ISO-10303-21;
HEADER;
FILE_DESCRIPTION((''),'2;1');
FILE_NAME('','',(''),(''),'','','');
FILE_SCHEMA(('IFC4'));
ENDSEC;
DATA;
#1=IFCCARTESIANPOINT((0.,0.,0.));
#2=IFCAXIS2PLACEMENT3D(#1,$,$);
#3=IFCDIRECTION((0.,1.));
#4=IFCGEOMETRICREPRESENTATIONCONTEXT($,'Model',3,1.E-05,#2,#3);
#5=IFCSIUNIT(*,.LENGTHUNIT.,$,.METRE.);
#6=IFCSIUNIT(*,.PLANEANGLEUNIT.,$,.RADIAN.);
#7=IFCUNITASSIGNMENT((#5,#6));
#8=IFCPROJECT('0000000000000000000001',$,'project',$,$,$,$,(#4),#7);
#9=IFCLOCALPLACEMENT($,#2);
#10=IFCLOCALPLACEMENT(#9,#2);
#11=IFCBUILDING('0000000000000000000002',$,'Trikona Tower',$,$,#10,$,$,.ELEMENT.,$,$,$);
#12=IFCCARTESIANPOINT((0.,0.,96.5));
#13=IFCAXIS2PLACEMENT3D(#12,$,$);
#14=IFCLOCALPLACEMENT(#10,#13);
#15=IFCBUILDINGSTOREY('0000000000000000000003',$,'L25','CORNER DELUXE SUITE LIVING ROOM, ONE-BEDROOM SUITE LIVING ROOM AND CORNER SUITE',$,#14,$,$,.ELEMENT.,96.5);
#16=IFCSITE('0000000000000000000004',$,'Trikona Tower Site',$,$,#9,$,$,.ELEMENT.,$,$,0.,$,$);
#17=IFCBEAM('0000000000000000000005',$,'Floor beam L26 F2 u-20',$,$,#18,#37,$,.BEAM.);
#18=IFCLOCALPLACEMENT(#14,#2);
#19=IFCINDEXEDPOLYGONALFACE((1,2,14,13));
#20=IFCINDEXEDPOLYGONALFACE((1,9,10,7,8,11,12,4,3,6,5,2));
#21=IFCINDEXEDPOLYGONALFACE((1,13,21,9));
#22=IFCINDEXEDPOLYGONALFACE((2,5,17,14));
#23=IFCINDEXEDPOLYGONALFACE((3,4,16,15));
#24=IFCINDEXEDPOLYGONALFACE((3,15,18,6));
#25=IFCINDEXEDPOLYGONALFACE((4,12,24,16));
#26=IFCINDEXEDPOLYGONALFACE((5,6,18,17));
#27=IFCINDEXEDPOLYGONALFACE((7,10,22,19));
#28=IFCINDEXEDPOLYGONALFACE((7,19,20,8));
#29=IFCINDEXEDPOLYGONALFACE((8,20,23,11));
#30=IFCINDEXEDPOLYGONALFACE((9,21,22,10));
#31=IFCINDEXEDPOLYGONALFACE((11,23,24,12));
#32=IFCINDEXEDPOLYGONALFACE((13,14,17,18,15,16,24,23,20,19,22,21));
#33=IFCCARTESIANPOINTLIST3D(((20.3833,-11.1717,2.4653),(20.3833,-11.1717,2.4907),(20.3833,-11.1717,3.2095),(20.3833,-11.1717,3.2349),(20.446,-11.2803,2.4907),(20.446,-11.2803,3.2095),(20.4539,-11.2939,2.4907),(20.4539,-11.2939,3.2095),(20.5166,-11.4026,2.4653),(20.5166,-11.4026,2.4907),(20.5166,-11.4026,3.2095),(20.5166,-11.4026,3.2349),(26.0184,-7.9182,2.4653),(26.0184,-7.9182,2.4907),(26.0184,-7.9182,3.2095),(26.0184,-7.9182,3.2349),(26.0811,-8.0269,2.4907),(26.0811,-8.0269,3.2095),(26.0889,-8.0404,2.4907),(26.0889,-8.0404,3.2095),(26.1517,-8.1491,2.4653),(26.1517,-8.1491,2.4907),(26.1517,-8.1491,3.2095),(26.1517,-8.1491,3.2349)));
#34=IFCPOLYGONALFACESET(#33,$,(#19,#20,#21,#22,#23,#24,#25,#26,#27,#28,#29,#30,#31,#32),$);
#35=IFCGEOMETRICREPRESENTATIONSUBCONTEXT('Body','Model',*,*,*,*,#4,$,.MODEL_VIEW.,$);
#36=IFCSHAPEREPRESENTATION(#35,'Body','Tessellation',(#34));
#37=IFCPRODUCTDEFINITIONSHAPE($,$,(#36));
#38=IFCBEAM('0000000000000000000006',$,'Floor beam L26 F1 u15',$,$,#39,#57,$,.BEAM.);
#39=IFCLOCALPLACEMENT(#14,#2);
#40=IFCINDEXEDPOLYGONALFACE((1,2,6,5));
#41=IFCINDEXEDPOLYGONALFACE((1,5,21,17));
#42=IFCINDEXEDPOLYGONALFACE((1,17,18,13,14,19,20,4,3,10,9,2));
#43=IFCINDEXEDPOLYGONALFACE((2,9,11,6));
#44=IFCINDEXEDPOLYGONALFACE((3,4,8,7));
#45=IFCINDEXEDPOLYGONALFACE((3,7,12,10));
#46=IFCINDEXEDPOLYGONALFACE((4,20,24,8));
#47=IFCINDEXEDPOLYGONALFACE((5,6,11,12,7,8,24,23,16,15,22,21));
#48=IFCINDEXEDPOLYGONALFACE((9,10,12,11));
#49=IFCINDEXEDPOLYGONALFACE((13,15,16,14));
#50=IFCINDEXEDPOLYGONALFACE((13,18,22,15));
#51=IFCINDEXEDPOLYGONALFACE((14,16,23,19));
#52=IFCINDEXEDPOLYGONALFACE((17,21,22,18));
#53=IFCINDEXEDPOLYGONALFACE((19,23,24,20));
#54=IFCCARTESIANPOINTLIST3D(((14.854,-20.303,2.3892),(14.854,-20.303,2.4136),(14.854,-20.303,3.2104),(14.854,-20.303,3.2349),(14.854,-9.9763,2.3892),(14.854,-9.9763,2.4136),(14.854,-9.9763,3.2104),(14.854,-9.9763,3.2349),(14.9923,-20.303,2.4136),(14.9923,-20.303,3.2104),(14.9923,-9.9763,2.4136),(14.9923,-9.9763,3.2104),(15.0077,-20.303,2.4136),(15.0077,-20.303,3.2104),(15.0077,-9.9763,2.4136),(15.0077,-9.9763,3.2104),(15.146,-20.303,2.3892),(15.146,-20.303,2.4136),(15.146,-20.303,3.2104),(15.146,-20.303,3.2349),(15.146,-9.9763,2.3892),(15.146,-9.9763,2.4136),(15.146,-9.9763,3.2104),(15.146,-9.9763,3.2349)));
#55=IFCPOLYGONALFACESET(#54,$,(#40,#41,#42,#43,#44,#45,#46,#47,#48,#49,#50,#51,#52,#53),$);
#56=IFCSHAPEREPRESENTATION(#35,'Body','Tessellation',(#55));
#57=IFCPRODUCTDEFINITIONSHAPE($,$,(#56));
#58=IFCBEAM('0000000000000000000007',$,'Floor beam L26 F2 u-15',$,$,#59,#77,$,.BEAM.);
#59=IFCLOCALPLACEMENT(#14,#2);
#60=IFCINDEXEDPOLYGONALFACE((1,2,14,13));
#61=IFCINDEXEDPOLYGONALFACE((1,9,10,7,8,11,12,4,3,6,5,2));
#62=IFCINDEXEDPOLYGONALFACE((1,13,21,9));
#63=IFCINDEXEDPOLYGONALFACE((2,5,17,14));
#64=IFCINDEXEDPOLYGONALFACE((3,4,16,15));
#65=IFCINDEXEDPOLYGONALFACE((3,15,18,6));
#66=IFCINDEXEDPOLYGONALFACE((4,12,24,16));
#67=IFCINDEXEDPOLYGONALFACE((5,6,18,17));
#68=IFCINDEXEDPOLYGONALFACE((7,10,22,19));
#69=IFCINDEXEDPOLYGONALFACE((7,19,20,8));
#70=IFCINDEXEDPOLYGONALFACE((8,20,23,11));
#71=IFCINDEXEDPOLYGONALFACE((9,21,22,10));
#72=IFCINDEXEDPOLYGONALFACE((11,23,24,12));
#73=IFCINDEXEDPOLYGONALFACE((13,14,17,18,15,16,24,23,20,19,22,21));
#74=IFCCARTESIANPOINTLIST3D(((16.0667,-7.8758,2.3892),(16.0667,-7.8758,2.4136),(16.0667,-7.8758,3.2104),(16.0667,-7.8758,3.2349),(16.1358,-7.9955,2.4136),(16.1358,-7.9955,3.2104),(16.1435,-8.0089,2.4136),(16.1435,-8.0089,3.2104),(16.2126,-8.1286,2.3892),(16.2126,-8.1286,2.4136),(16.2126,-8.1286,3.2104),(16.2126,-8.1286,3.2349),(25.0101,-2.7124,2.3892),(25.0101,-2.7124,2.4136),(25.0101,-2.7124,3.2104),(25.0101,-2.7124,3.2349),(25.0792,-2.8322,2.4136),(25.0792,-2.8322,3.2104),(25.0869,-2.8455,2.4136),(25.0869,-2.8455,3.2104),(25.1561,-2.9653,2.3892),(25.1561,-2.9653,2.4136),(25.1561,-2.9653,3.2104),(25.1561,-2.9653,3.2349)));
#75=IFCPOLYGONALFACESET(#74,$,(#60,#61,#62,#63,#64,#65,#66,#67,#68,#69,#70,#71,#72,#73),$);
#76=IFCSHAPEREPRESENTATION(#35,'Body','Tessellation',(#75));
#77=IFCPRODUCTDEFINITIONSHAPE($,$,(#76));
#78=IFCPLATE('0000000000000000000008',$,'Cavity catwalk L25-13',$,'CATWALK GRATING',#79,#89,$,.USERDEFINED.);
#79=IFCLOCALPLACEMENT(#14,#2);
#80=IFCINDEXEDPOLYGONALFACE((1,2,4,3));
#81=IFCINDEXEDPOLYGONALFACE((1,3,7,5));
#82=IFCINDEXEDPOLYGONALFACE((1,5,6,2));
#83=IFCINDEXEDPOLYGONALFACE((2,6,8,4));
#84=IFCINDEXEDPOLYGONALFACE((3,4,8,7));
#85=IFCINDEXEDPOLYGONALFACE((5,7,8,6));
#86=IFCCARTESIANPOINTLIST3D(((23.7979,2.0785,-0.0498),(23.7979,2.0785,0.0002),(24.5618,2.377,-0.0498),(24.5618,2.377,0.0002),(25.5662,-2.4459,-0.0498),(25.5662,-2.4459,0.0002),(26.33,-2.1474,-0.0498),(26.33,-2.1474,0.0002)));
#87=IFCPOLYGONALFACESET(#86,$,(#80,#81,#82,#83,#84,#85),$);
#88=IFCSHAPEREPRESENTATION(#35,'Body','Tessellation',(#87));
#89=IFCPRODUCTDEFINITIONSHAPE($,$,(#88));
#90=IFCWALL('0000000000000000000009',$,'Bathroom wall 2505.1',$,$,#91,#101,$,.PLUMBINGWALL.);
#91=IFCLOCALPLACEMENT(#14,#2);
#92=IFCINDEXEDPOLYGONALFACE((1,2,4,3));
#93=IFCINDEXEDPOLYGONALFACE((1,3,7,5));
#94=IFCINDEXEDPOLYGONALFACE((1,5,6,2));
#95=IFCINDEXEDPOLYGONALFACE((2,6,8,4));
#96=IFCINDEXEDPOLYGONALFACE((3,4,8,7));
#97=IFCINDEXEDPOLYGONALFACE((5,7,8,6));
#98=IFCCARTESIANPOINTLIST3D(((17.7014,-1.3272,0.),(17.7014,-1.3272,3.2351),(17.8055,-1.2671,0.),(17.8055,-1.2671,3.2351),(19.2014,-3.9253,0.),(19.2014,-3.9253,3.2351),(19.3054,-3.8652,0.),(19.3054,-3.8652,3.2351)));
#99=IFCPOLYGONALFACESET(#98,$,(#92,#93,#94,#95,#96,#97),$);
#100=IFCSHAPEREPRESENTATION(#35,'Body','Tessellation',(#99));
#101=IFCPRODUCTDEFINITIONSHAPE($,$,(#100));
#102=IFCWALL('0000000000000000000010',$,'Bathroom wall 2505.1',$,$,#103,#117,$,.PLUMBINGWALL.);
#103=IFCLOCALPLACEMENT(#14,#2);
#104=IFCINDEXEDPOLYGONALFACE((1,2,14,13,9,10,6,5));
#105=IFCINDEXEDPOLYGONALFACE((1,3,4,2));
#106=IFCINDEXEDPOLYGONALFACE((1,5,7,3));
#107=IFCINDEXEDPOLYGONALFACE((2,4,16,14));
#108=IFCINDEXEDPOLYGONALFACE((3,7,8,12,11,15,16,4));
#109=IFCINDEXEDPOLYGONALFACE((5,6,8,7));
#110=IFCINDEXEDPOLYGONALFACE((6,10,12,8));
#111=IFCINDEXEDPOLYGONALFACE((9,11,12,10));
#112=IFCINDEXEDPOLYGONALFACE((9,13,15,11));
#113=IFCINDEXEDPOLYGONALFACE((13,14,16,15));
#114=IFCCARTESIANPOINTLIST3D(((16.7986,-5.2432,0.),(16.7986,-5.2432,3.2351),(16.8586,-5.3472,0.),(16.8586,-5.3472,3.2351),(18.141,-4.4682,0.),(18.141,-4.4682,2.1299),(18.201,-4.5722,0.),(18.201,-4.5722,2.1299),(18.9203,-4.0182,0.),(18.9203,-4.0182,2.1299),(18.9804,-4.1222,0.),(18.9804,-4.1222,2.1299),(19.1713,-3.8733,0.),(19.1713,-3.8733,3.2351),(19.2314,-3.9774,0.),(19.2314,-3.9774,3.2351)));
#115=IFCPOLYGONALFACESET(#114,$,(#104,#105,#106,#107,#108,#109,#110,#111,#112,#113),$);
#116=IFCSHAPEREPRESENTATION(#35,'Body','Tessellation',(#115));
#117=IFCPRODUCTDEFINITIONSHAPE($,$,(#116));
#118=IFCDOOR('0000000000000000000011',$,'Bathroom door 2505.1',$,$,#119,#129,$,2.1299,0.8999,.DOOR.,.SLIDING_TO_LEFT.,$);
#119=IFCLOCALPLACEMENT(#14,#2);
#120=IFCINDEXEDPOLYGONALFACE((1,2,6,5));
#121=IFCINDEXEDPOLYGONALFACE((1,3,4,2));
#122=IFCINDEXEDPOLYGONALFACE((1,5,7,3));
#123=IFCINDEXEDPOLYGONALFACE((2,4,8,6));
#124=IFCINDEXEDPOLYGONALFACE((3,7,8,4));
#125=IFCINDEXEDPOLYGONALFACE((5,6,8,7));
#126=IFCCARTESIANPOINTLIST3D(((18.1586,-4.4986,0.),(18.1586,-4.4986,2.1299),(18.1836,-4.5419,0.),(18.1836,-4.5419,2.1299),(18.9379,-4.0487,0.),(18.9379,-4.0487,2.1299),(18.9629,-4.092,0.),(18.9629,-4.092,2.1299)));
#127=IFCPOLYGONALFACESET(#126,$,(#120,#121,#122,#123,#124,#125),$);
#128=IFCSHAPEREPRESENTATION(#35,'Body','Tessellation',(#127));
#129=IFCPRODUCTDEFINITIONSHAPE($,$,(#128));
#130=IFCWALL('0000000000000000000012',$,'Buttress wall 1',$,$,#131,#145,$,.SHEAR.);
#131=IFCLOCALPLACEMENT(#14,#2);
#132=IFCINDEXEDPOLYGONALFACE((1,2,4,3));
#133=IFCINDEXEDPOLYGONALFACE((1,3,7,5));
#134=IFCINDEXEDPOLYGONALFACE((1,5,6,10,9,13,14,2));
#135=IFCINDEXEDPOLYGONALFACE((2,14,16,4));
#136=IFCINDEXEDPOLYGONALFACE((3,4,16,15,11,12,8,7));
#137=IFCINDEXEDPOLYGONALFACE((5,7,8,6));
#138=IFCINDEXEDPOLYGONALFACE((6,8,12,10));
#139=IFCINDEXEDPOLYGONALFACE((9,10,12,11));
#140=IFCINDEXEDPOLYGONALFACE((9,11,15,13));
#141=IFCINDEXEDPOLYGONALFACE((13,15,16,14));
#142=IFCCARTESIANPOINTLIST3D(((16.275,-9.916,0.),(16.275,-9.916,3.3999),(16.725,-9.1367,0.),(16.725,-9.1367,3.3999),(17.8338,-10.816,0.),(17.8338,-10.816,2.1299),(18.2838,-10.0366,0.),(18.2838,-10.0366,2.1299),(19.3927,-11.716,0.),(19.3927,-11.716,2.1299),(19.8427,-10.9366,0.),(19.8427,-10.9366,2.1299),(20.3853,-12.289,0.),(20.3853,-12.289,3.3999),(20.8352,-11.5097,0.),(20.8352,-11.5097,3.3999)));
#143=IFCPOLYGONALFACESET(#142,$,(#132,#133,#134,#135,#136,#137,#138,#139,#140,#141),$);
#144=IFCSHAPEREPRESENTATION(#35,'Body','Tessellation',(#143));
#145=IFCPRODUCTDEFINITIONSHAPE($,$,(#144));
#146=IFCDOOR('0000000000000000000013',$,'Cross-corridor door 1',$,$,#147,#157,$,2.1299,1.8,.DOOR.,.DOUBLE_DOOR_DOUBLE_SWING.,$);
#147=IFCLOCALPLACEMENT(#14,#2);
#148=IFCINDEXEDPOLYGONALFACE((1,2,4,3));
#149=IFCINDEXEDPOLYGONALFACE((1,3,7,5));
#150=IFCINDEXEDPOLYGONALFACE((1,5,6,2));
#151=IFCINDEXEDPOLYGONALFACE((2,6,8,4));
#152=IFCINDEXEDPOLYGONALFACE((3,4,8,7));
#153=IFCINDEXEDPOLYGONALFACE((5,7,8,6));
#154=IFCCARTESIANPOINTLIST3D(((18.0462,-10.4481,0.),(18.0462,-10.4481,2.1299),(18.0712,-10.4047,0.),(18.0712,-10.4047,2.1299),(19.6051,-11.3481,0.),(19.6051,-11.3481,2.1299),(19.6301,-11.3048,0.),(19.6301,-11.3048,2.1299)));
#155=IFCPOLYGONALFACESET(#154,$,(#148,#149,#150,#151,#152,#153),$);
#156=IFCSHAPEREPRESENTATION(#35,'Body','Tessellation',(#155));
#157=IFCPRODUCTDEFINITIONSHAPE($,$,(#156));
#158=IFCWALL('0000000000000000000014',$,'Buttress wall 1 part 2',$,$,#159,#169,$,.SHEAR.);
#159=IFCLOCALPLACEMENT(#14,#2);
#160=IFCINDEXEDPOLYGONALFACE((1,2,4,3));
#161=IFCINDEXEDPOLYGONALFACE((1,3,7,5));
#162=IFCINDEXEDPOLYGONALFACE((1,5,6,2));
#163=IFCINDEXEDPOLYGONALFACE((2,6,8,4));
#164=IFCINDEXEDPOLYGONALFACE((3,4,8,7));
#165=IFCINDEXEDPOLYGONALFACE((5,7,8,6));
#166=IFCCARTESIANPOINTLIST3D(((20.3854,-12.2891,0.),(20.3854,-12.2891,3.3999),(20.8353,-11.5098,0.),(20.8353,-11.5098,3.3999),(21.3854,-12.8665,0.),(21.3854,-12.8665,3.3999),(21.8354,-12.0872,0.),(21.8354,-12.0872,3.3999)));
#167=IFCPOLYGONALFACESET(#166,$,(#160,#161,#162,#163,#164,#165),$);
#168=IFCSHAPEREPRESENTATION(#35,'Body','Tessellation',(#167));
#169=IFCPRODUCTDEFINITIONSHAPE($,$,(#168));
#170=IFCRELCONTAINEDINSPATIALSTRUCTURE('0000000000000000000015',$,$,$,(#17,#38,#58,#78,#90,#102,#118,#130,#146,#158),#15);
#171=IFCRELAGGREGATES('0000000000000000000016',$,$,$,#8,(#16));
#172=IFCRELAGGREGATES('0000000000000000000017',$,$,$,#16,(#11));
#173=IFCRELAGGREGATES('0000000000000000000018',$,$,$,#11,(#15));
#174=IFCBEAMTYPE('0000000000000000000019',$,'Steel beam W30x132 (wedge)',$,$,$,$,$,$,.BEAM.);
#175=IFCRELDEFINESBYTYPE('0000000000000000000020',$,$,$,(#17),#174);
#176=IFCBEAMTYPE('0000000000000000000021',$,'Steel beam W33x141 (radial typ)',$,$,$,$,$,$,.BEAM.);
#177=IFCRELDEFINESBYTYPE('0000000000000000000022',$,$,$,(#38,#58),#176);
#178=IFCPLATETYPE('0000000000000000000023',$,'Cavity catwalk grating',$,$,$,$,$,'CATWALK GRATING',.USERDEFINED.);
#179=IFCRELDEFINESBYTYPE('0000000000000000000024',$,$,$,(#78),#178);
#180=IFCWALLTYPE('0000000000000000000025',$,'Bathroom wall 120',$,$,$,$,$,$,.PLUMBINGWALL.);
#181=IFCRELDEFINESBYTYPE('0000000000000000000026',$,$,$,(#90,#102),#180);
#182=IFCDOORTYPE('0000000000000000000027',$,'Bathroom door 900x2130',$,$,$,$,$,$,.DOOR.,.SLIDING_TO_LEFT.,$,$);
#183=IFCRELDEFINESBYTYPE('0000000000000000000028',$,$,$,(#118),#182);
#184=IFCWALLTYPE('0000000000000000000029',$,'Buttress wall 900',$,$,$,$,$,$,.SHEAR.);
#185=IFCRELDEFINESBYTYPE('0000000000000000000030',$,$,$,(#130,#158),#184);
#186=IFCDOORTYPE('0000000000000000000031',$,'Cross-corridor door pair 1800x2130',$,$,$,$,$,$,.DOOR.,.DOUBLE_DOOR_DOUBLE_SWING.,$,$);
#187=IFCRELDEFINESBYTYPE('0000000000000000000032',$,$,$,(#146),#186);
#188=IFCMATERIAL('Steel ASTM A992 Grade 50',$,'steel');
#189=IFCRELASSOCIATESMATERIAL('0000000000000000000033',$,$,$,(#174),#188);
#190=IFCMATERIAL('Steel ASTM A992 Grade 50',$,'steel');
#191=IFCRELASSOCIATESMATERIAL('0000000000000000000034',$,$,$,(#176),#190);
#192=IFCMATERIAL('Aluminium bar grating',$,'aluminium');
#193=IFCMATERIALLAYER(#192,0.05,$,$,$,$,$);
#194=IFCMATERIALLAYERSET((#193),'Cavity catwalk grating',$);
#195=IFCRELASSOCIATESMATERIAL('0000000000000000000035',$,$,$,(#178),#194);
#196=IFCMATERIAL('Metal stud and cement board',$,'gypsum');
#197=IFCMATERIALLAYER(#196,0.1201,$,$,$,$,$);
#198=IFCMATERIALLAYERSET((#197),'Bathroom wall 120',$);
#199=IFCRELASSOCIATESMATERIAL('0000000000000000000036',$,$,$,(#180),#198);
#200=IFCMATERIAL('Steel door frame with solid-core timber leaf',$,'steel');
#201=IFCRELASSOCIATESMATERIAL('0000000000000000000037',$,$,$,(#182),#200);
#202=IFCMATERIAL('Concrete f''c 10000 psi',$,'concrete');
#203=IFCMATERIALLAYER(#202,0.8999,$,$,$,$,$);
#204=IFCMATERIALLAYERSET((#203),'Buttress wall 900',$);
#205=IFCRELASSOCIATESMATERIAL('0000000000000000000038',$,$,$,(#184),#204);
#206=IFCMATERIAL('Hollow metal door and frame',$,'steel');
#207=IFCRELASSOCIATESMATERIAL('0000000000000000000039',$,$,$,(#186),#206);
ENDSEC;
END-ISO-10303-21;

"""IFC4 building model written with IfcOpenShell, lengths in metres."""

from ifc_helpers import new_model, si_unit, direction, frame, frame_2d, origin, origin_2d, place, context, subcontext, project, spatial, rectangle, i_section, extrude, material, layer, layer_set, material_profile, profile_set, type_object, element, fill, save


model = new_model("IFC4")

# Units and contexts
model_context = context("Model", 3, precision=1e-05, world=origin(), true_north=direction((0.0, 1.0)))
body_context = subcontext(model_context, "Body", "Model", "MODEL_VIEW")
ifc_project = project(units=[si_unit("LENGTHUNIT", "METRE"), si_unit("PLANEANGLEUNIT", "RADIAN")], contexts=[model_context])

# Site, building, storey
site_placement = place(None, origin())
site = spatial("IfcSite", under=ifc_project, at=site_placement, Name="Trikona Tower Site", CompositionType="ELEMENT", RefElevation=0.0)
building_placement = place(site_placement, origin())
building = spatial("IfcBuilding", under=site, at=building_placement, Name="Trikona Tower", CompositionType="ELEMENT")
storey_placement = place(building_placement, frame((0.0, 0.0, 96.5)))
storey = spatial("IfcBuildingStorey", under=building, at=storey_placement, Name="L25", Description="CORNER DELUXE SUITE LIVING ROOM, ONE-BEDROOM SUITE LIVING ROOM AND CORNER SUITE", CompositionType="ELEMENT", Elevation=96.5)

# Beams
ifc_material_1 = material(Name="Steel ASTM A992 Grade 50", Category="steel")
ifc_material_profile_1 = material_profile(ifc_material_1, i_section(OverallWidth=0.2666, OverallDepth=0.7695, WebThickness=0.0156, FlangeThickness=0.0254, at=origin_2d()), Name="W30X132")
ifc_profile_set_1 = profile_set([ifc_material_profile_1], Name="Steel ASTM A992 Grade 50")
beam_type_1 = type_object("IfcBeamType", Name="Steel beam W30x132 (wedge)", PredefinedType="BEAM", material=ifc_profile_set_1)
beam_1_placement = place(storey_placement, frame((20.45, -11.2871, 2.8501), z_axis=(0.866023, 0.500005, 0.0), x_axis=(-0.500005, 0.866023, 0.0)))
element("IfcBeam", 1, at=beam_1_placement, inside=storey, type_object=beam_type_1, Name="Floor beam L26 F2 u-20", PredefinedType="BEAM", context=body_context, shape_type="SweptSolid", body=[
    extrude(i_section(OverallWidth=0.2666, OverallDepth=0.7695, WebThickness=0.0156, FlangeThickness=0.0254, at=origin_2d()), origin(), (0.0, 0.0, 1.0), 6.5068),
])
ifc_material_2 = material(Name="Steel ASTM A992 Grade 50", Category="steel")
ifc_material_profile_2 = material_profile(ifc_material_2, i_section(OverallWidth=0.292, OverallDepth=0.8457, WebThickness=0.0154, FlangeThickness=0.0244, at=origin_2d()), Name="W33X141")
ifc_profile_set_2 = profile_set([ifc_material_profile_2], Name="Steel ASTM A992 Grade 50")
beam_type_2 = type_object("IfcBeamType", Name="Steel beam W33x141 (radial typ)", PredefinedType="BEAM", material=ifc_profile_set_2)
beam_2_placement = place(storey_placement, frame((15.0, -9.9763, 2.812), z_axis=(0.0, -1.0, 0.0), x_axis=(1.0, 0.0, 0.0)))
element("IfcBeam", 2, at=beam_2_placement, inside=storey, type_object=beam_type_2, Name="Floor beam L26 F1 u15", PredefinedType="BEAM", context=body_context, shape_type="SweptSolid", body=[
    extrude(i_section(OverallWidth=0.292, OverallDepth=0.8457, WebThickness=0.0154, FlangeThickness=0.0244, at=origin_2d()), origin(), (0.0, 0.0, 1.0), 10.3267),
])
beam_3_placement = place(storey_placement, frame((16.1396, -8.0022, 2.812), z_axis=(0.86603, 0.499991, 0.0), x_axis=(-0.499991, 0.86603, 0.0)))
element("IfcBeam", 3, at=beam_3_placement, inside=storey, type_object=beam_type_2, Name="Floor beam L26 F2 u-15", PredefinedType="BEAM", context=body_context, shape_type="SweptSolid", body=[
    extrude(i_section(OverallWidth=0.292, OverallDepth=0.8457, WebThickness=0.0154, FlangeThickness=0.0244, at=origin_2d()), origin(), (0.0, 0.0, 1.0), 10.3269),
])

# Plate
ifc_material_3 = material(Name="Aluminium bar grating", Category="aluminium")
ifc_layer_1 = layer(ifc_material_3, 0.05)
ifc_layer_set_1 = layer_set([ifc_layer_1], Name="Cavity catwalk grating")
plate_type = type_object("IfcPlateType", Name="Cavity catwalk grating", ElementType="CATWALK GRATING", PredefinedType="USERDEFINED", material=ifc_layer_set_1)
plate_placement = place(storey_placement, frame((25.064, -0.0344, -0.0498), z_axis=(0.0, 0.0, 1.0), x_axis=(-0.364009, 0.931395, 0.0)))
element("IfcPlate", 4, at=plate_placement, inside=storey, type_object=plate_type, Name="Cavity catwalk L25-13", ObjectType="CATWALK GRATING", PredefinedType="USERDEFINED", context=body_context, shape_type="SweptSolid", body=[
    extrude(rectangle(XDim=4.8577, YDim=0.8201, at=origin_2d()), origin(), (0.0, 0.0, 1.0), 0.05),
])

# Wall
ifc_material_4 = material(Name="Metal stud and cement board", Category="gypsum")
ifc_layer_2 = layer(ifc_material_4, 0.1201)
ifc_layer_set_2 = layer_set([ifc_layer_2], Name="Bathroom wall 120")
wall_type_1 = type_object("IfcWallType", Name="Bathroom wall 120", PredefinedType="PLUMBINGWALL", material=ifc_layer_set_2)
wall_1_placement = place(storey_placement, frame((19.2534, -3.8953, 0.0), z_axis=(0.0, 0.0, 1.0), x_axis=(-0.49999, 0.866031, 0.0)))
element("IfcWall", 5, at=wall_1_placement, inside=storey, type_object=wall_type_1, Name="Bathroom wall 2505.1", PredefinedType="PLUMBINGWALL", context=body_context, shape_type="SweptSolid", body=[
    extrude(rectangle(XDim=3.0, YDim=0.1201, at=frame_2d((1.5, 0.0))), origin(), (0.0, 0.0, 1.0), 3.2351),
])

# Walls, openings, doors
wall_2_placement = place(storey_placement, frame((16.8286, -5.2952, 0.0), z_axis=(0.0, 0.0, 1.0), x_axis=(0.866036, 0.499982, 0.0)))
wall_2 = element("IfcWall", 6, at=wall_2_placement, inside=storey, type_object=wall_type_1, Name="Bathroom wall 2505.1", PredefinedType="PLUMBINGWALL", context=body_context, shape_type="SweptSolid", body=[
    extrude(rectangle(XDim=2.7397, YDim=0.1201, at=frame_2d((1.3699, 0.0))), origin(), (0.0, 0.0, 1.0), 3.2351),
])
opening_1_placement = place(wall_2_placement, frame((1.55, 0.0, 0.0)))
opening_1 = element("IfcOpeningElement", 7, at=opening_1_placement, cuts=wall_2, PredefinedType="OPENING", context=body_context, shape_type="SweptSolid", body=[
    extrude(rectangle(XDim=0.8999, YDim=2.1299, at=frame_2d((0.45, 1.0649))), frame((0.0, 0.0701, 0.0), z_axis=(0.0, -1.0, 0.0), x_axis=(1.0, 0.0, 0.0)), (0.0, 0.0, 1.0), 0.1401),
])
ifc_material_5 = material(Name="Steel door frame with solid-core timber leaf", Category="steel")
door_type_1 = type_object("IfcDoorType", Name="Bathroom door 900x2130", OperationType="SLIDING_TO_LEFT", PredefinedType="DOOR", material=ifc_material_5)
door_1_placement = place(opening_1_placement, origin())
door_1 = element("IfcDoor", 8, at=door_1_placement, inside=storey, type_object=door_type_1, Name="Bathroom door 2505.1", OperationType="SLIDING_TO_LEFT", OverallHeight=2.1299, OverallWidth=0.8999, PredefinedType="DOOR", context=body_context, shape_type="SweptSolid", body=[
    extrude(rectangle(XDim=0.8999, YDim=2.1299, at=frame_2d((0.45, 1.0649))), frame((0.0, 0.0249, 0.0), z_axis=(0.0, -1.0, 0.0), x_axis=(1.0, 0.0, 0.0)), (0.0, 0.0, 1.0), 0.05),
])
fill(opening_1, door_1)
ifc_material_6 = material(Name="Concrete f'c 10000 psi", Category="concrete")
ifc_layer_3 = layer(ifc_material_6, 0.8999)
ifc_layer_set_3 = layer_set([ifc_layer_3], Name="Buttress wall 900")
wall_type_2 = type_object("IfcWallType", Name="Buttress wall 900", PredefinedType="SHEAR", material=ifc_layer_set_3)
wall_3_placement = place(storey_placement, frame((16.5, -9.5264, 0.0), z_axis=(0.0, 0.0, 1.0), x_axis=(0.866031, -0.49999, 0.0)))
wall_3 = element("IfcWall", 9, at=wall_3_placement, inside=storey, type_object=wall_type_2, Name="Buttress wall 1", PredefinedType="SHEAR", context=body_context, shape_type="SweptSolid", body=[
    extrude(rectangle(XDim=4.7461, YDim=0.8999, at=frame_2d((2.373, 0.0))), origin(), (0.0, 0.0, 1.0), 3.3999),
])
opening_2_placement = place(wall_3_placement, frame((1.8, 0.0, 0.0)))
opening_2 = element("IfcOpeningElement", 10, at=opening_2_placement, cuts=wall_3, PredefinedType="OPENING", context=body_context, shape_type="SweptSolid", body=[
    extrude(rectangle(XDim=1.8, YDim=2.1299, at=frame_2d((0.8999, 1.0649))), frame((0.0, 0.46, 0.0), z_axis=(0.0, -1.0, 0.0), x_axis=(1.0, 0.0, 0.0)), (0.0, 0.0, 1.0), 0.9199),
])
ifc_material_7 = material(Name="Hollow metal door and frame", Category="steel")
door_type_2 = type_object("IfcDoorType", Name="Cross-corridor door pair 1800x2130", OperationType="DOUBLE_DOOR_DOUBLE_SWING", PredefinedType="DOOR", material=ifc_material_7)
door_2_placement = place(opening_2_placement, origin())
door_2 = element("IfcDoor", 11, at=door_2_placement, inside=storey, type_object=door_type_2, Name="Cross-corridor door 1", OperationType="DOUBLE_DOOR_DOUBLE_SWING", OverallHeight=2.1299, OverallWidth=1.8, PredefinedType="DOOR", context=body_context, shape_type="SweptSolid", body=[
    extrude(rectangle(XDim=1.8, YDim=2.1299, at=frame_2d((0.8999, 1.0649))), frame((0.0, 0.0249, 0.0), z_axis=(0.0, -1.0, 0.0), x_axis=(1.0, 0.0, 0.0)), (0.0, 0.0, 1.0), 0.05),
])
fill(opening_2, door_2)

# Wall
wall_4_placement = place(storey_placement, frame((20.6104, -11.8994, 0.0), z_axis=(0.0, 0.0, 1.0), x_axis=(0.86601, -0.500027, 0.0)))
element("IfcWall", 12, at=wall_4_placement, inside=storey, type_object=wall_type_2, Name="Buttress wall 1 part 2", PredefinedType="SHEAR", context=body_context, shape_type="SweptSolid", body=[
    extrude(rectangle(XDim=1.1548, YDim=0.8999, at=frame_2d((0.5774, 0.0))), origin(), (0.0, 0.0, 1.0), 3.3999),
])

save(model, "model.ifc")
